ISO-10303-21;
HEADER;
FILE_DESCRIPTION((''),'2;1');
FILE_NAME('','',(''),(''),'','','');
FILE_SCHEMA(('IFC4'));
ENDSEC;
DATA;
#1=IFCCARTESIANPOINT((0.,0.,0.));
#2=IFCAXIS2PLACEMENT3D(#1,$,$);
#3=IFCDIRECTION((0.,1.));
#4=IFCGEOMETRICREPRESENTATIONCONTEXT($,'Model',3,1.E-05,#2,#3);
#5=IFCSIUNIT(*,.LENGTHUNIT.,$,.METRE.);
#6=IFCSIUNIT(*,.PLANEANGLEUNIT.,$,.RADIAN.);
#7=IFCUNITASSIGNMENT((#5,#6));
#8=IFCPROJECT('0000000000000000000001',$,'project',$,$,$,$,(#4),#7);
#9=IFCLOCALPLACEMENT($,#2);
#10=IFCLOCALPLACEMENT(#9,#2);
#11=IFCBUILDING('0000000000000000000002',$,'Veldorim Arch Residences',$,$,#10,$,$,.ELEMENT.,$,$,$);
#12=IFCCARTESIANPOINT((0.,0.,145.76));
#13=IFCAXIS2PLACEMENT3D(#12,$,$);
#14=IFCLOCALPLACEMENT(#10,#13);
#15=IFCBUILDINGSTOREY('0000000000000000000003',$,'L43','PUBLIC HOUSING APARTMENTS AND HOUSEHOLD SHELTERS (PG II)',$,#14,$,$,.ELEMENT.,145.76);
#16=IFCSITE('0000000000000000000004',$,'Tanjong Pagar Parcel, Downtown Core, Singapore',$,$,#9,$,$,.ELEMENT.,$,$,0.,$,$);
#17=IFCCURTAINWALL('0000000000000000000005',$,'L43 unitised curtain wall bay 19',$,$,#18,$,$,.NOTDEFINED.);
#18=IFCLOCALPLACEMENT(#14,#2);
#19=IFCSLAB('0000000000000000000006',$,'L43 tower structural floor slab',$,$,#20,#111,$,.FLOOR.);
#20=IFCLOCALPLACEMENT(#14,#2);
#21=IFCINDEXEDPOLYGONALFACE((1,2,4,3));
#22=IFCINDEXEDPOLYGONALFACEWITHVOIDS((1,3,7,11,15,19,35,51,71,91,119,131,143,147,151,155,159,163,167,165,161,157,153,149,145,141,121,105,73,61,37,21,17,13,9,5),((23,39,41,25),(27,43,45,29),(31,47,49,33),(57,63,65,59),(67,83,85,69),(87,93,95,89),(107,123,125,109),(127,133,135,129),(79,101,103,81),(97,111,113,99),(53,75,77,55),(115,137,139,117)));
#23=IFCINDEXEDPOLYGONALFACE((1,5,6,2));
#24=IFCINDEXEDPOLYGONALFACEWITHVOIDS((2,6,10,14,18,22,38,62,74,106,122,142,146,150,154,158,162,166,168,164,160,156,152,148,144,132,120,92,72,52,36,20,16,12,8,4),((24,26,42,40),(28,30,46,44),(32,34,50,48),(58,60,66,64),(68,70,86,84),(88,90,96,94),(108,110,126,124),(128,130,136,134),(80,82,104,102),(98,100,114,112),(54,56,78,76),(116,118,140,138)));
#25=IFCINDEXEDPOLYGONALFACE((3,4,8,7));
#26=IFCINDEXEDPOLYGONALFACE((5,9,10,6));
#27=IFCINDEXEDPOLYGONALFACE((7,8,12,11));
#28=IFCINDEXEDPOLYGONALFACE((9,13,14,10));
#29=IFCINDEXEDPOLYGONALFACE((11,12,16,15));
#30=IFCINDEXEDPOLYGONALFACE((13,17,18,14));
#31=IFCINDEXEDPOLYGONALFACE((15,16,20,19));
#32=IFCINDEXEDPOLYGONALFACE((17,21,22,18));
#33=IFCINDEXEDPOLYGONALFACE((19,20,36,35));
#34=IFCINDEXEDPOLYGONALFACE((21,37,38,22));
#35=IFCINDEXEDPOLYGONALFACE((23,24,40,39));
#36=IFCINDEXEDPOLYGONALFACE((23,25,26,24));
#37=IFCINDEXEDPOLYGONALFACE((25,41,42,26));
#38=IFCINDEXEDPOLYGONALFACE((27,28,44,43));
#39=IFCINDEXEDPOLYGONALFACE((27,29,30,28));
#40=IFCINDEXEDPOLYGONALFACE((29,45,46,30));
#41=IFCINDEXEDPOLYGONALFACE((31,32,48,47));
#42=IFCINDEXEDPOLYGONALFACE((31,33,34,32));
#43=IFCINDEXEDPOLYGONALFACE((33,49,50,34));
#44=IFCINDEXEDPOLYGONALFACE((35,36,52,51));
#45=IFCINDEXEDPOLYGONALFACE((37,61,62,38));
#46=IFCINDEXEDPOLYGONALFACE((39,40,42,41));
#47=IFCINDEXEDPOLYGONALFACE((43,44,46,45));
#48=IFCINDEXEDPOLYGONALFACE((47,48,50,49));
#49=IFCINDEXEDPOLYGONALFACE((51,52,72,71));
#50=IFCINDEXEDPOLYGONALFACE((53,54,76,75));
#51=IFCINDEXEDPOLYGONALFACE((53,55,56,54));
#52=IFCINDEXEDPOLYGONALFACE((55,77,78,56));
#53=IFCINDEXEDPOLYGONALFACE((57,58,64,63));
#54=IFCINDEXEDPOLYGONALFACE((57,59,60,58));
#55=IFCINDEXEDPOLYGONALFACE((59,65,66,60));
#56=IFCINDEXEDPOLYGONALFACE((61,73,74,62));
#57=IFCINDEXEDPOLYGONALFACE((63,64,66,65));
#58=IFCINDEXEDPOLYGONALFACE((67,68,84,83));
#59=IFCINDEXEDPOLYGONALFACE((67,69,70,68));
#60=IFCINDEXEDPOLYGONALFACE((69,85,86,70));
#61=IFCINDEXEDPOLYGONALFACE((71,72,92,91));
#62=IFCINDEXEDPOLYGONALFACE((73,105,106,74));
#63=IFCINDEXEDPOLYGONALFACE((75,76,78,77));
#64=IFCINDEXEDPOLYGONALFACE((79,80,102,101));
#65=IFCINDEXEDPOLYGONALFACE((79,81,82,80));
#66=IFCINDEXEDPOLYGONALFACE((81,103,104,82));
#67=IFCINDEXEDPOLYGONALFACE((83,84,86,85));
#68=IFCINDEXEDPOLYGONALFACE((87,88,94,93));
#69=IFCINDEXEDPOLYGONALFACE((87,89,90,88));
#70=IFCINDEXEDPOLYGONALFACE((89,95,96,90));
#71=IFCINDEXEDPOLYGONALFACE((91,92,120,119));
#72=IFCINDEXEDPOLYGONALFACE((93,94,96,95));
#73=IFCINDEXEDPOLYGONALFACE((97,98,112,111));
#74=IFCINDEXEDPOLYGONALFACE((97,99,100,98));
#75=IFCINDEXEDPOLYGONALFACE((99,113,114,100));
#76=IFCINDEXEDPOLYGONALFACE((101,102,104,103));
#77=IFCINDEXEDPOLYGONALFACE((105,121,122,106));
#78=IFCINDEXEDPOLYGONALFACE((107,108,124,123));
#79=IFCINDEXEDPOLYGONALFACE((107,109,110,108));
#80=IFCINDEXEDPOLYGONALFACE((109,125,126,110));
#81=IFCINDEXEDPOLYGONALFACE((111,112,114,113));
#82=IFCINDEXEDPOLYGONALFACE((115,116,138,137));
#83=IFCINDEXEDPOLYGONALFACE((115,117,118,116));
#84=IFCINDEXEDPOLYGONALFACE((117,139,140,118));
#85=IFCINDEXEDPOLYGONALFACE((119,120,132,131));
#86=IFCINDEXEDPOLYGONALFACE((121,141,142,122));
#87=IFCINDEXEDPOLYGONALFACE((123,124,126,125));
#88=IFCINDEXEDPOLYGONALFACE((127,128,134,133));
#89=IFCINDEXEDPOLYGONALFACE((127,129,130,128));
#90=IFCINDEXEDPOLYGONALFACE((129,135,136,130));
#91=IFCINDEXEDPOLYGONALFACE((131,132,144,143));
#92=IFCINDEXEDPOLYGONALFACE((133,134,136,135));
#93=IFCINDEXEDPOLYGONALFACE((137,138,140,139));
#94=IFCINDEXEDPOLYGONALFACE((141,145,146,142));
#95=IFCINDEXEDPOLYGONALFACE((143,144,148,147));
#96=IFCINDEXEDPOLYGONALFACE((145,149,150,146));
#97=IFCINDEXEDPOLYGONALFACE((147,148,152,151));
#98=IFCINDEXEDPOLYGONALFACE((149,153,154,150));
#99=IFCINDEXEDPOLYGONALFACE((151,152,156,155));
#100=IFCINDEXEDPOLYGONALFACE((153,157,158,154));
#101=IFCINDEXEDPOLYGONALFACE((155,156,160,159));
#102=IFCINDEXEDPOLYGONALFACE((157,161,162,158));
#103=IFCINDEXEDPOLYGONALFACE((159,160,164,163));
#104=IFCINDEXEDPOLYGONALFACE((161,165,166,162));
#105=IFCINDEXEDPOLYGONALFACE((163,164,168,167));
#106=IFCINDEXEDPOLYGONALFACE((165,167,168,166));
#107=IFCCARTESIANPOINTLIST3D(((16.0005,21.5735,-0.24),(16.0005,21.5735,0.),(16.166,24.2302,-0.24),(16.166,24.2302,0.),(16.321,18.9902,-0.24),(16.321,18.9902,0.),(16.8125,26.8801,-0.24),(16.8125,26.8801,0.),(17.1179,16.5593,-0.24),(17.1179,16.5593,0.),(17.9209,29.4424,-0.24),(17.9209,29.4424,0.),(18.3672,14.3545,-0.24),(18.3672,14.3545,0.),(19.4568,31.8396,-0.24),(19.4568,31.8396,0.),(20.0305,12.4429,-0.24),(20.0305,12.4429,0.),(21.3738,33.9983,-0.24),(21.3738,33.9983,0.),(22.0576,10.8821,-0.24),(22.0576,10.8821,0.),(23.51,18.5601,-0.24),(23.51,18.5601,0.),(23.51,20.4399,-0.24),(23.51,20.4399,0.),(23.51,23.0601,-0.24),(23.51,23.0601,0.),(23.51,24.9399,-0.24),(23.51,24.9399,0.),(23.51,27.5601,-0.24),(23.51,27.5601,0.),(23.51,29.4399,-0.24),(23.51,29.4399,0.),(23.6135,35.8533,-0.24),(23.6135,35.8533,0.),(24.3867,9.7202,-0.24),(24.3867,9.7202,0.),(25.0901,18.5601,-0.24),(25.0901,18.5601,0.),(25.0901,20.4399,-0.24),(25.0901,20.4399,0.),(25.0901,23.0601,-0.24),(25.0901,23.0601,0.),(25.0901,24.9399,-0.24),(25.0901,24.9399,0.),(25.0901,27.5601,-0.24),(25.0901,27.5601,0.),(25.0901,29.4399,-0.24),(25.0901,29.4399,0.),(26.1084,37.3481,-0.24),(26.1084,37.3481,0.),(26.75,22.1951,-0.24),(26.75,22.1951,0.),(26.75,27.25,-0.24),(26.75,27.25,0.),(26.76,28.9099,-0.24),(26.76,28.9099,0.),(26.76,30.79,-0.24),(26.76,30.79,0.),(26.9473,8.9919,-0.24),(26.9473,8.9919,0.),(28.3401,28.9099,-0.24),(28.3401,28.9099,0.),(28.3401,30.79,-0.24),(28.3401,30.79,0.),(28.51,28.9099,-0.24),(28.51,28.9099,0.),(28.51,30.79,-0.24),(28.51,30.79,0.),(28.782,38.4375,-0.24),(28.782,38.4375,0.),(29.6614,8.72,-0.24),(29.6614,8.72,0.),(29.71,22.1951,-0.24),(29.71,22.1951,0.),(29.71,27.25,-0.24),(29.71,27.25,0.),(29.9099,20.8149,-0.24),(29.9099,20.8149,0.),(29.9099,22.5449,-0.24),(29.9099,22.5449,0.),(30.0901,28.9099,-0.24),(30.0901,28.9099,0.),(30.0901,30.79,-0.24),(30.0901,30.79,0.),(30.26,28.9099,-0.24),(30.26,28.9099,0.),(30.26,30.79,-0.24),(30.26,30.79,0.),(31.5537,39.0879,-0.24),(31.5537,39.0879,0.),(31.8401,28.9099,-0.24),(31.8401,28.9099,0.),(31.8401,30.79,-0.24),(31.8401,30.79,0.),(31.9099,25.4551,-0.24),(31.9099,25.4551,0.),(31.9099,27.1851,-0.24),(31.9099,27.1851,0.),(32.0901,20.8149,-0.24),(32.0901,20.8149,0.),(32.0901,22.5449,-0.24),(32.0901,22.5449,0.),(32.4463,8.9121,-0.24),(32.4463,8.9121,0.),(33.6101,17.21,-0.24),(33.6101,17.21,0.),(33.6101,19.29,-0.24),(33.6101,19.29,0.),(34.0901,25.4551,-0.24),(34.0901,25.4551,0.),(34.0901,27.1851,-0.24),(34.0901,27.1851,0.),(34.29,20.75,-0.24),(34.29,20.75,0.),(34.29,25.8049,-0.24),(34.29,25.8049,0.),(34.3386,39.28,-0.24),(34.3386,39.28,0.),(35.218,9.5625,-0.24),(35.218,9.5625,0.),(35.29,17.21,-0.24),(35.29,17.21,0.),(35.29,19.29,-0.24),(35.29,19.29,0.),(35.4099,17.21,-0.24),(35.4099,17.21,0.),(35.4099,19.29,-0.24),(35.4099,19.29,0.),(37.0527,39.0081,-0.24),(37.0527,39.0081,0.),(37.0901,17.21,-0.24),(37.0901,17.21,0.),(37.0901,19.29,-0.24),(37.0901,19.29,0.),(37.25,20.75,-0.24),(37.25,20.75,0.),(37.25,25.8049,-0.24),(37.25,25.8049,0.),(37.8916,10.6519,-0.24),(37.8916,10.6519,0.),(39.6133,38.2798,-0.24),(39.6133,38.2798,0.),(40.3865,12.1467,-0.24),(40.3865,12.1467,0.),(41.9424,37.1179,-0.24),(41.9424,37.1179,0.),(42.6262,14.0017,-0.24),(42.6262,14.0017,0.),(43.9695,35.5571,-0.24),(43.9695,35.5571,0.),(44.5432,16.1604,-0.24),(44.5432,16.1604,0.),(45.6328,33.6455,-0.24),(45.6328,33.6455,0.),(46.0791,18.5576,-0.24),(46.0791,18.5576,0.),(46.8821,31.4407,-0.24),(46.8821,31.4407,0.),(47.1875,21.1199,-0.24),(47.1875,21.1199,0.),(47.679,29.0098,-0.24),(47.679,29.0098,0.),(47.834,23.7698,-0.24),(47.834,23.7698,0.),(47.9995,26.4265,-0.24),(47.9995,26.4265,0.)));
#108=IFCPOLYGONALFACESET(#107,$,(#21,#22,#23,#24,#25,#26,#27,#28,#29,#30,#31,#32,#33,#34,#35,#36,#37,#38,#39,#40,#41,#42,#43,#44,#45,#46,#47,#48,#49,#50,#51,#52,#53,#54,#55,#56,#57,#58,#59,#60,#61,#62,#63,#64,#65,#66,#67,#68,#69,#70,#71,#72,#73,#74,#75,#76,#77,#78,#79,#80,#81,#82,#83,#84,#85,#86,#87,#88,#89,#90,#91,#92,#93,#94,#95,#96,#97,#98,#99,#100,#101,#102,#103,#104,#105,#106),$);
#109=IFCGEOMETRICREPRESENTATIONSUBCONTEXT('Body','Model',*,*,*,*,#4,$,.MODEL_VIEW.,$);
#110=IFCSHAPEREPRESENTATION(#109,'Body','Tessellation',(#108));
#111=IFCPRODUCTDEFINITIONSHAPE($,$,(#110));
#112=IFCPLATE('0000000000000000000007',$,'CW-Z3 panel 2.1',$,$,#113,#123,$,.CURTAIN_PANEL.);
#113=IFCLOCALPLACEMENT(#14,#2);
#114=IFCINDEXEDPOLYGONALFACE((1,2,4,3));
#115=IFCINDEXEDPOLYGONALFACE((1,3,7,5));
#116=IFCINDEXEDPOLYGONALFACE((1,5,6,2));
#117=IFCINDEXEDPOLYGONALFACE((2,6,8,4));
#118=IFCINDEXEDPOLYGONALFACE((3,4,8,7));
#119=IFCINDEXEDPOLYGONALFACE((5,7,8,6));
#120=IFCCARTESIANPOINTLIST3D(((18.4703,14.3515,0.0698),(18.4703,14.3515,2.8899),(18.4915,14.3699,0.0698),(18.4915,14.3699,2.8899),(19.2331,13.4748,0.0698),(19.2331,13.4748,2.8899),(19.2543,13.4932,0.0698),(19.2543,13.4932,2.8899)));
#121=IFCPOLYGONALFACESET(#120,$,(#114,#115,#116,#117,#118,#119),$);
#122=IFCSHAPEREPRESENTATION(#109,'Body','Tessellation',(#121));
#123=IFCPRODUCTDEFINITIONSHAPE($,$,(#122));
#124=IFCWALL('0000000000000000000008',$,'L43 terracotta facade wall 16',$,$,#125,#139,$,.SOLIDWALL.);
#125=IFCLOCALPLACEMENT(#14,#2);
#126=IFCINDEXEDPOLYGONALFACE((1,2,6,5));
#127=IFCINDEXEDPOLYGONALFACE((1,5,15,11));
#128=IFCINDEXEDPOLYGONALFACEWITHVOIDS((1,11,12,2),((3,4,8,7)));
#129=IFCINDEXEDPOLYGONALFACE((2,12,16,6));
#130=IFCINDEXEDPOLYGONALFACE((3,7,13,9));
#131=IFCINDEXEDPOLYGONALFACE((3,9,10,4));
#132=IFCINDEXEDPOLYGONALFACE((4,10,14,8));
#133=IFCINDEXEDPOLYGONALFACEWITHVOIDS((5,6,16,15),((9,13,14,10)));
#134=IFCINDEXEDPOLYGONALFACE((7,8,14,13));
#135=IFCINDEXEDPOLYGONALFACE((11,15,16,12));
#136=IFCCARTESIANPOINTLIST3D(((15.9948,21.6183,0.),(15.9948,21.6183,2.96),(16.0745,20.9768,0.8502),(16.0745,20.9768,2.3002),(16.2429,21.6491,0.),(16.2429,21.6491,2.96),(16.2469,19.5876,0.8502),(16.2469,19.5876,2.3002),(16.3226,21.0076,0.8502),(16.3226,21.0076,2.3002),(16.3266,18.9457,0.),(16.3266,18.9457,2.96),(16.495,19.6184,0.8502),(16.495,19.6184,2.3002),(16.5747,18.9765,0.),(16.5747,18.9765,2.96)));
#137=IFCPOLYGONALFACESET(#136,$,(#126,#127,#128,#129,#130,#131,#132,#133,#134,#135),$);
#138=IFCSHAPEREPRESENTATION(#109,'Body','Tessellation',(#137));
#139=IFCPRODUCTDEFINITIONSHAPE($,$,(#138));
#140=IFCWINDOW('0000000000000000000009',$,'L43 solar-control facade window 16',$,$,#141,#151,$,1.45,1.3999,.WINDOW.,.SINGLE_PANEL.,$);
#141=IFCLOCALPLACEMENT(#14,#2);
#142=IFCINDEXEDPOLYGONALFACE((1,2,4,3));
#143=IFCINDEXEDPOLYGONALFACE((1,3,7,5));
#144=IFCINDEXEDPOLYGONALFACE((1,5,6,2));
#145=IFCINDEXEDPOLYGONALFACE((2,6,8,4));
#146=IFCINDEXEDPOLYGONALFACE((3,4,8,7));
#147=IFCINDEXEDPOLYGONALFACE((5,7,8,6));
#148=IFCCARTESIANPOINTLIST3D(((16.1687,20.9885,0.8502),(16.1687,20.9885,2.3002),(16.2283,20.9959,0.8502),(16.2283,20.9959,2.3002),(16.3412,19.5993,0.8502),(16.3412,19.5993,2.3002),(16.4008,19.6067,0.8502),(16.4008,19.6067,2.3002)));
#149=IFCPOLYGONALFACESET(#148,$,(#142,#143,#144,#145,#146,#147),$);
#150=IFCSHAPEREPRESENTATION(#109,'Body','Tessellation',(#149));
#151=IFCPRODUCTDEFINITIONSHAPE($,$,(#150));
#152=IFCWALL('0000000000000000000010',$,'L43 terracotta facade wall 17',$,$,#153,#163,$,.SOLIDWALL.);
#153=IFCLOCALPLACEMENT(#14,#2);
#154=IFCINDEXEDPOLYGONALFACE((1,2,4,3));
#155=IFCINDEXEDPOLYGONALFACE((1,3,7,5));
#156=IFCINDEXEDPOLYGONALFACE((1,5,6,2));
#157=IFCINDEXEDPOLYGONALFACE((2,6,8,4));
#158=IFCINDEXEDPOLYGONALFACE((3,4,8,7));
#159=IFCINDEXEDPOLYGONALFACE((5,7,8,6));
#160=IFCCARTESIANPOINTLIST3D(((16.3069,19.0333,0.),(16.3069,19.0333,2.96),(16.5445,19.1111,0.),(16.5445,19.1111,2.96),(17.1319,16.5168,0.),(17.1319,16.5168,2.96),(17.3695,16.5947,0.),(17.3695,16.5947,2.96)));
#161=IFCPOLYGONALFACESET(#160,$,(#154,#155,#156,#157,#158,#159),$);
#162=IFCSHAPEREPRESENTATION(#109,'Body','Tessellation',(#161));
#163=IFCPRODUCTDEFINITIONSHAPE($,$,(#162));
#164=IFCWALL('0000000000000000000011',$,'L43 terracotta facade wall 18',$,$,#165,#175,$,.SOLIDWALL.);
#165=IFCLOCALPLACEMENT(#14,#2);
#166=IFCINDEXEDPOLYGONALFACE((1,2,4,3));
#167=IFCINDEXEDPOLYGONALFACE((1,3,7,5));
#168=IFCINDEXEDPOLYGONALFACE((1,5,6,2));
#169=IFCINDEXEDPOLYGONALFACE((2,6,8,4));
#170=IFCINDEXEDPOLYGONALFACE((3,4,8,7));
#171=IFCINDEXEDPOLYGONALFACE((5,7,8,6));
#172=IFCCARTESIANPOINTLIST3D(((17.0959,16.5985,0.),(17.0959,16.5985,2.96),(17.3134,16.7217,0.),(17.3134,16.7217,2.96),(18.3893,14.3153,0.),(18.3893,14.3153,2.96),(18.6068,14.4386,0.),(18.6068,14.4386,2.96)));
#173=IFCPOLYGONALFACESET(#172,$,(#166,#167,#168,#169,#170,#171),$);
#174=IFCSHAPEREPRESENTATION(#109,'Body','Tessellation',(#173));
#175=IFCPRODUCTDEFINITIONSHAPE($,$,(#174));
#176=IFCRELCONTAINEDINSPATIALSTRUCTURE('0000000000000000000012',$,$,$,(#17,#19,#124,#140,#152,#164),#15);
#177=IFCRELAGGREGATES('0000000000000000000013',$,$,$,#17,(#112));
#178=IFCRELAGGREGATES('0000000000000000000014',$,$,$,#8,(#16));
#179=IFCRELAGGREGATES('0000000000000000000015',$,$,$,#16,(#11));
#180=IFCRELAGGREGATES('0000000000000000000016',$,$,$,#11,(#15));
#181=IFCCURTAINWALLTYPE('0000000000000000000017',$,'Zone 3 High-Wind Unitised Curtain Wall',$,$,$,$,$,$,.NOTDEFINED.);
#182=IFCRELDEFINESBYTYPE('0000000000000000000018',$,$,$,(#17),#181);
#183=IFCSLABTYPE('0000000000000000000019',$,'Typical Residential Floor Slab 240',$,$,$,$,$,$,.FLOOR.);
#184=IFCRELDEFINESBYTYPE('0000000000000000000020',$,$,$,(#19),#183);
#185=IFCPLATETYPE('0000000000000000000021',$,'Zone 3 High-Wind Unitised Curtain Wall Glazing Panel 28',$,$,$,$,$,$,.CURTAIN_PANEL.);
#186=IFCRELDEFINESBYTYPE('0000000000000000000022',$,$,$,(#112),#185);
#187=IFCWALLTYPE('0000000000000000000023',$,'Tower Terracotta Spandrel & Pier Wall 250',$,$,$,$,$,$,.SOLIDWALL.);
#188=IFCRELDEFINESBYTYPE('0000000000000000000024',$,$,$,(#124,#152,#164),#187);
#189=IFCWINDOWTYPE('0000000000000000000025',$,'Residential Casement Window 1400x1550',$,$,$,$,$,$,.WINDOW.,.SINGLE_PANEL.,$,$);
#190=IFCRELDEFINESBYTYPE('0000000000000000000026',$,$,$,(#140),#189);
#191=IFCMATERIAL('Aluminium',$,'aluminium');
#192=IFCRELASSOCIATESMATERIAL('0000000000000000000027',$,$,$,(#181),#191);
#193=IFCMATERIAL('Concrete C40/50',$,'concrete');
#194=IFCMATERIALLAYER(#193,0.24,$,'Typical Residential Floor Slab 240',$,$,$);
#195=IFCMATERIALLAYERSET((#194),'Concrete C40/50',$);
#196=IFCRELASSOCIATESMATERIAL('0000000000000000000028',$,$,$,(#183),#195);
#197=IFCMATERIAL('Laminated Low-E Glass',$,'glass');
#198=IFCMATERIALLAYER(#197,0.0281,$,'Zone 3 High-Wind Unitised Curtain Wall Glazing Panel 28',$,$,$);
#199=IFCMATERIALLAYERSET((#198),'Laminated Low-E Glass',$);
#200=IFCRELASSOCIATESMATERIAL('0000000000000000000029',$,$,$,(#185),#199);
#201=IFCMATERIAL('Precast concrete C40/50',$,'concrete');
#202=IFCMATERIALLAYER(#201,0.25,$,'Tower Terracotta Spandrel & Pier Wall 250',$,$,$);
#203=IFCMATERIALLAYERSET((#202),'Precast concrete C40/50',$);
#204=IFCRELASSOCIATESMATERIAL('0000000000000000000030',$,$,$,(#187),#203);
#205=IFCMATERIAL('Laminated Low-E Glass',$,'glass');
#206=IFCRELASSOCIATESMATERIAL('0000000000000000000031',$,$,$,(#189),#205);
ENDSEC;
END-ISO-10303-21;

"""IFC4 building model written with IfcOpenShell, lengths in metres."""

from ifc_helpers import new_model, si_unit, direction, frame, frame_2d, origin, origin_2d, place, context, subcontext, project, spatial, polyline, rectangle, outline, extrude, material, layer, layer_set, type_object, element, fill, aggregate, save


model = new_model("IFC4")

# Units and contexts
model_context = context("Model", 3, precision=1e-05, world=origin(), true_north=direction((0.0, 1.0)))
body_context = subcontext(model_context, "Body", "Model", "MODEL_VIEW")
ifc_project = project(units=[si_unit("LENGTHUNIT", "METRE"), si_unit("PLANEANGLEUNIT", "RADIAN")], contexts=[model_context])

# Site, building, storey
site_placement = place(None, origin())
site = spatial("IfcSite", under=ifc_project, at=site_placement, Name="Tanjong Pagar Parcel, Downtown Core, Singapore", CompositionType="ELEMENT", RefElevation=0.0)
building_placement = place(site_placement, origin())
building = spatial("IfcBuilding", under=site, at=building_placement, Name="Veldorim Arch Residences", CompositionType="ELEMENT")
storey_placement = place(building_placement, frame((0.0, 0.0, 145.76)))
storey = spatial("IfcBuildingStorey", under=building, at=storey_placement, Name="L43", Description="PUBLIC HOUSING APARTMENTS AND HOUSEHOLD SHELTERS (PG II)", CompositionType="ELEMENT", Elevation=145.76)

# Curtain wall
ifc_material_1 = material(Name="Aluminium", Category="aluminium")
curtain_wall_type = type_object("IfcCurtainWallType", Name="Zone 3 High-Wind Unitised Curtain Wall", PredefinedType="NOTDEFINED", material=ifc_material_1)
curtain_wall_placement = place(storey_placement, origin())
curtain_wall = element("IfcCurtainWall", 1, at=curtain_wall_placement, inside=storey, type_object=curtain_wall_type, Name="L43 unitised curtain wall bay 19", PredefinedType="NOTDEFINED")

# Slab
ifc_material_2 = material(Name="Concrete C40/50", Category="concrete")
ifc_layer_1 = layer(ifc_material_2, 0.24, Name="Typical Residential Floor Slab 240")
ifc_layer_set_1 = layer_set([ifc_layer_1], Name="Concrete C40/50")
slab_type_1 = type_object("IfcSlabType", Name="Typical Residential Floor Slab 240", PredefinedType="FLOOR", material=ifc_layer_set_1)
slab_1_placement = place(storey_placement, frame((0.0, 0.0, -0.24)))
element("IfcSlab", 2, at=slab_1_placement, inside=storey, type_object=slab_type_1, Name="L43 tower structural floor slab", PredefinedType="FLOOR", context=body_context, shape_type="SweptSolid", body=[
    extrude(outline(polyline([(45.6328, 33.6455), (43.9695, 35.5571), (41.9424, 37.1179), (39.6133, 38.2798), (37.0527, 39.0081), (34.3386, 39.28), (31.5537, 39.0879), (28.782, 38.4375), (26.1084, 37.3481), (23.6135, 35.8533), (21.3738, 33.9983), (19.4568, 31.8396), (17.9209, 29.4424), (16.8125, 26.8801), (16.166, 24.2302), (16.0005, 21.5735), (16.321, 18.9902), (17.1179, 16.5593), (18.3672, 14.3545), (20.0305, 12.4429), (22.0576, 10.8821), (24.3867, 9.7202), (26.9473, 8.9919), (29.6614, 8.72), (32.4463, 8.9121), (35.218, 9.5625), (37.8916, 10.6519), (40.3865, 12.1467), (42.6262, 14.0017), (44.5432, 16.1604), (46.0791, 18.5576), (47.1875, 21.1199), (47.834, 23.7698), (47.9995, 26.4265), (47.679, 29.0098), (46.8821, 31.4407), (45.6328, 33.6455)]), holes=[polyline([(23.51, 18.5601), (23.51, 20.4399), (25.0901, 20.4399), (25.0901, 18.5601), (23.51, 18.5601)]), polyline([(23.51, 24.9399), (25.0901, 24.9399), (25.0901, 23.0601), (23.51, 23.0601), (23.51, 24.9399)]), polyline([(26.75, 27.25), (29.71, 27.25), (29.71, 22.1951), (26.75, 22.1951), (26.75, 27.25)]), polyline([(23.51, 27.5601), (23.51, 29.4399), (25.0901, 29.4399), (25.0901, 27.5601), (23.51, 27.5601)]), polyline([(26.76, 30.79), (28.3401, 30.79), (28.3401, 28.9099), (26.76, 28.9099), (26.76, 30.79)]), polyline([(28.51, 30.79), (30.0901, 30.79), (30.0901, 28.9099), (28.51, 28.9099), (28.51, 30.79)]), polyline([(33.6101, 17.21), (33.6101, 19.29), (35.29, 19.29), (35.29, 17.21), (33.6101, 17.21)]), polyline([(35.4099, 19.29), (37.0901, 19.29), (37.0901, 17.21), (35.4099, 17.21), (35.4099, 19.29)]), polyline([(29.9099, 22.5449), (32.0901, 22.5449), (32.0901, 20.8149), (29.9099, 20.8149), (29.9099, 22.5449)]), polyline([(34.29, 20.75), (34.29, 25.8049), (37.25, 25.8049), (37.25, 20.75), (34.29, 20.75)]), polyline([(31.9099, 27.1851), (34.0901, 27.1851), (34.0901, 25.4551), (31.9099, 25.4551), (31.9099, 27.1851)]), polyline([(30.26, 30.79), (31.8401, 30.79), (31.8401, 28.9099), (30.26, 28.9099), (30.26, 30.79)])]), origin(), (0.0, 0.0, 1.0), 0.24),
])

# Plate
ifc_material_3 = material(Name="Laminated Low-E Glass", Category="glass")
ifc_layer_2 = layer(ifc_material_3, 0.0281, Name="Zone 3 High-Wind Unitised Curtain Wall Glazing Panel 28")
ifc_layer_set_2 = layer_set([ifc_layer_2], Name="Laminated Low-E Glass")
plate_type = type_object("IfcPlateType", Name="Zone 3 High-Wind Unitised Curtain Wall Glazing Panel 28", PredefinedType="CURTAIN_PANEL", material=ifc_layer_set_2)
plate_placement = place(storey_placement, frame((18.8623, 13.9224, 0.0698), z_axis=(0.0, 0.0, 1.0), x_axis=(-0.656415, 0.7544, 0.0)))
plate = element("IfcPlate", 3, at=plate_placement, type_object=plate_type, Name="CW-Z3 panel 2.1", PredefinedType="CURTAIN_PANEL", context=body_context, shape_type="SweptSolid", body=[
    extrude(rectangle(XDim=1.1621, YDim=0.0281, at=origin_2d()), origin(), (0.0, 0.0, 1.0), 2.8201),
])
aggregate(curtain_wall, [plate])

# Wall, opening, window
ifc_material_4 = material(Name="Precast concrete C40/50", Category="concrete")
ifc_layer_3 = layer(ifc_material_4, 0.25, Name="Tower Terracotta Spandrel & Pier Wall 250")
ifc_layer_set_3 = layer_set([ifc_layer_3], Name="Precast concrete C40/50")
wall_type = type_object("IfcWallType", Name="Tower Terracotta Spandrel & Pier Wall 250", PredefinedType="SOLIDWALL", material=ifc_layer_set_3)
wall_1_placement = place(storey_placement, frame((16.4507, 18.9609, 0.0), z_axis=(0.0, 0.0, 1.0), x_axis=(-0.123198, 0.992382, 0.0)))
wall_1 = element("IfcWall", 4, at=wall_1_placement, inside=storey, type_object=wall_type, Name="L43 terracotta facade wall 16", PredefinedType="SOLIDWALL", context=body_context, shape_type="SweptSolid", body=[
    extrude(rectangle(XDim=2.6931, YDim=0.25, at=frame_2d((1.3467, 0.0))), origin(), (0.0, 0.0, 1.0), 2.96),
])
opening_placement = place(wall_1_placement, frame((0.647, 0.0, 0.8501)))
opening = element("IfcOpeningElement", 5, at=opening_placement, cuts=wall_1, PredefinedType="OPENING", context=body_context, shape_type="SweptSolid", body=[
    extrude(rectangle(XDim=1.3999, YDim=1.45, at=frame_2d((0.7, 0.7251))), frame((0.0, 0.135, 0.0), z_axis=(0.0, -1.0, 0.0), x_axis=(1.0, 0.0, 0.0)), (0.0, 0.0, 1.0), 0.27),
])
ifc_material_5 = material(Name="Laminated Low-E Glass", Category="glass")
window_type = type_object("IfcWindowType", Name="Residential Casement Window 1400x1550", PartitioningType="SINGLE_PANEL", PredefinedType="WINDOW", material=ifc_material_5)
window_placement = place(opening_placement, origin())
window = element("IfcWindow", 6, at=window_placement, inside=storey, type_object=window_type, Name="L43 solar-control facade window 16", OverallHeight=1.45, OverallWidth=1.3999, PartitioningType="SINGLE_PANEL", PredefinedType="WINDOW", context=body_context, shape_type="SweptSolid", body=[
    extrude(rectangle(XDim=1.3999, YDim=1.45, at=frame_2d((0.7, 0.7251))), frame((0.0, 0.03, 0.0), z_axis=(0.0, -1.0, 0.0), x_axis=(1.0, 0.0, 0.0)), (0.0, 0.0, 1.0), 0.0601),
])
fill(opening, window)

# Walls
wall_2_placement = place(storey_placement, frame((17.2507, 16.5557, 0.0), z_axis=(0.0, 0.0, 1.0), x_axis=(-0.311522, 0.950239, 0.0)))
element("IfcWall", 7, at=wall_2_placement, inside=storey, type_object=wall_type, Name="L43 terracotta facade wall 17", PredefinedType="SOLIDWALL", context=body_context, shape_type="SweptSolid", body=[
    extrude(rectangle(XDim=2.6482, YDim=0.25, at=frame_2d((1.3242, 0.0))), origin(), (0.0, 0.0, 1.0), 2.96),
])
wall_3_placement = place(storey_placement, frame((18.498, 14.377, 0.0), z_axis=(0.0, 0.0, 1.0), x_axis=(-0.492909, 0.870081, 0.0)))
element("IfcWall", 8, at=wall_3_placement, inside=storey, type_object=wall_type, Name="L43 terracotta facade wall 18", PredefinedType="SOLIDWALL", context=body_context, shape_type="SweptSolid", body=[
    extrude(rectangle(XDim=2.624, YDim=0.25, at=frame_2d((1.312, 0.0))), origin(), (0.0, 0.0, 1.0), 2.96),
])

save(model, "model.ifc")
